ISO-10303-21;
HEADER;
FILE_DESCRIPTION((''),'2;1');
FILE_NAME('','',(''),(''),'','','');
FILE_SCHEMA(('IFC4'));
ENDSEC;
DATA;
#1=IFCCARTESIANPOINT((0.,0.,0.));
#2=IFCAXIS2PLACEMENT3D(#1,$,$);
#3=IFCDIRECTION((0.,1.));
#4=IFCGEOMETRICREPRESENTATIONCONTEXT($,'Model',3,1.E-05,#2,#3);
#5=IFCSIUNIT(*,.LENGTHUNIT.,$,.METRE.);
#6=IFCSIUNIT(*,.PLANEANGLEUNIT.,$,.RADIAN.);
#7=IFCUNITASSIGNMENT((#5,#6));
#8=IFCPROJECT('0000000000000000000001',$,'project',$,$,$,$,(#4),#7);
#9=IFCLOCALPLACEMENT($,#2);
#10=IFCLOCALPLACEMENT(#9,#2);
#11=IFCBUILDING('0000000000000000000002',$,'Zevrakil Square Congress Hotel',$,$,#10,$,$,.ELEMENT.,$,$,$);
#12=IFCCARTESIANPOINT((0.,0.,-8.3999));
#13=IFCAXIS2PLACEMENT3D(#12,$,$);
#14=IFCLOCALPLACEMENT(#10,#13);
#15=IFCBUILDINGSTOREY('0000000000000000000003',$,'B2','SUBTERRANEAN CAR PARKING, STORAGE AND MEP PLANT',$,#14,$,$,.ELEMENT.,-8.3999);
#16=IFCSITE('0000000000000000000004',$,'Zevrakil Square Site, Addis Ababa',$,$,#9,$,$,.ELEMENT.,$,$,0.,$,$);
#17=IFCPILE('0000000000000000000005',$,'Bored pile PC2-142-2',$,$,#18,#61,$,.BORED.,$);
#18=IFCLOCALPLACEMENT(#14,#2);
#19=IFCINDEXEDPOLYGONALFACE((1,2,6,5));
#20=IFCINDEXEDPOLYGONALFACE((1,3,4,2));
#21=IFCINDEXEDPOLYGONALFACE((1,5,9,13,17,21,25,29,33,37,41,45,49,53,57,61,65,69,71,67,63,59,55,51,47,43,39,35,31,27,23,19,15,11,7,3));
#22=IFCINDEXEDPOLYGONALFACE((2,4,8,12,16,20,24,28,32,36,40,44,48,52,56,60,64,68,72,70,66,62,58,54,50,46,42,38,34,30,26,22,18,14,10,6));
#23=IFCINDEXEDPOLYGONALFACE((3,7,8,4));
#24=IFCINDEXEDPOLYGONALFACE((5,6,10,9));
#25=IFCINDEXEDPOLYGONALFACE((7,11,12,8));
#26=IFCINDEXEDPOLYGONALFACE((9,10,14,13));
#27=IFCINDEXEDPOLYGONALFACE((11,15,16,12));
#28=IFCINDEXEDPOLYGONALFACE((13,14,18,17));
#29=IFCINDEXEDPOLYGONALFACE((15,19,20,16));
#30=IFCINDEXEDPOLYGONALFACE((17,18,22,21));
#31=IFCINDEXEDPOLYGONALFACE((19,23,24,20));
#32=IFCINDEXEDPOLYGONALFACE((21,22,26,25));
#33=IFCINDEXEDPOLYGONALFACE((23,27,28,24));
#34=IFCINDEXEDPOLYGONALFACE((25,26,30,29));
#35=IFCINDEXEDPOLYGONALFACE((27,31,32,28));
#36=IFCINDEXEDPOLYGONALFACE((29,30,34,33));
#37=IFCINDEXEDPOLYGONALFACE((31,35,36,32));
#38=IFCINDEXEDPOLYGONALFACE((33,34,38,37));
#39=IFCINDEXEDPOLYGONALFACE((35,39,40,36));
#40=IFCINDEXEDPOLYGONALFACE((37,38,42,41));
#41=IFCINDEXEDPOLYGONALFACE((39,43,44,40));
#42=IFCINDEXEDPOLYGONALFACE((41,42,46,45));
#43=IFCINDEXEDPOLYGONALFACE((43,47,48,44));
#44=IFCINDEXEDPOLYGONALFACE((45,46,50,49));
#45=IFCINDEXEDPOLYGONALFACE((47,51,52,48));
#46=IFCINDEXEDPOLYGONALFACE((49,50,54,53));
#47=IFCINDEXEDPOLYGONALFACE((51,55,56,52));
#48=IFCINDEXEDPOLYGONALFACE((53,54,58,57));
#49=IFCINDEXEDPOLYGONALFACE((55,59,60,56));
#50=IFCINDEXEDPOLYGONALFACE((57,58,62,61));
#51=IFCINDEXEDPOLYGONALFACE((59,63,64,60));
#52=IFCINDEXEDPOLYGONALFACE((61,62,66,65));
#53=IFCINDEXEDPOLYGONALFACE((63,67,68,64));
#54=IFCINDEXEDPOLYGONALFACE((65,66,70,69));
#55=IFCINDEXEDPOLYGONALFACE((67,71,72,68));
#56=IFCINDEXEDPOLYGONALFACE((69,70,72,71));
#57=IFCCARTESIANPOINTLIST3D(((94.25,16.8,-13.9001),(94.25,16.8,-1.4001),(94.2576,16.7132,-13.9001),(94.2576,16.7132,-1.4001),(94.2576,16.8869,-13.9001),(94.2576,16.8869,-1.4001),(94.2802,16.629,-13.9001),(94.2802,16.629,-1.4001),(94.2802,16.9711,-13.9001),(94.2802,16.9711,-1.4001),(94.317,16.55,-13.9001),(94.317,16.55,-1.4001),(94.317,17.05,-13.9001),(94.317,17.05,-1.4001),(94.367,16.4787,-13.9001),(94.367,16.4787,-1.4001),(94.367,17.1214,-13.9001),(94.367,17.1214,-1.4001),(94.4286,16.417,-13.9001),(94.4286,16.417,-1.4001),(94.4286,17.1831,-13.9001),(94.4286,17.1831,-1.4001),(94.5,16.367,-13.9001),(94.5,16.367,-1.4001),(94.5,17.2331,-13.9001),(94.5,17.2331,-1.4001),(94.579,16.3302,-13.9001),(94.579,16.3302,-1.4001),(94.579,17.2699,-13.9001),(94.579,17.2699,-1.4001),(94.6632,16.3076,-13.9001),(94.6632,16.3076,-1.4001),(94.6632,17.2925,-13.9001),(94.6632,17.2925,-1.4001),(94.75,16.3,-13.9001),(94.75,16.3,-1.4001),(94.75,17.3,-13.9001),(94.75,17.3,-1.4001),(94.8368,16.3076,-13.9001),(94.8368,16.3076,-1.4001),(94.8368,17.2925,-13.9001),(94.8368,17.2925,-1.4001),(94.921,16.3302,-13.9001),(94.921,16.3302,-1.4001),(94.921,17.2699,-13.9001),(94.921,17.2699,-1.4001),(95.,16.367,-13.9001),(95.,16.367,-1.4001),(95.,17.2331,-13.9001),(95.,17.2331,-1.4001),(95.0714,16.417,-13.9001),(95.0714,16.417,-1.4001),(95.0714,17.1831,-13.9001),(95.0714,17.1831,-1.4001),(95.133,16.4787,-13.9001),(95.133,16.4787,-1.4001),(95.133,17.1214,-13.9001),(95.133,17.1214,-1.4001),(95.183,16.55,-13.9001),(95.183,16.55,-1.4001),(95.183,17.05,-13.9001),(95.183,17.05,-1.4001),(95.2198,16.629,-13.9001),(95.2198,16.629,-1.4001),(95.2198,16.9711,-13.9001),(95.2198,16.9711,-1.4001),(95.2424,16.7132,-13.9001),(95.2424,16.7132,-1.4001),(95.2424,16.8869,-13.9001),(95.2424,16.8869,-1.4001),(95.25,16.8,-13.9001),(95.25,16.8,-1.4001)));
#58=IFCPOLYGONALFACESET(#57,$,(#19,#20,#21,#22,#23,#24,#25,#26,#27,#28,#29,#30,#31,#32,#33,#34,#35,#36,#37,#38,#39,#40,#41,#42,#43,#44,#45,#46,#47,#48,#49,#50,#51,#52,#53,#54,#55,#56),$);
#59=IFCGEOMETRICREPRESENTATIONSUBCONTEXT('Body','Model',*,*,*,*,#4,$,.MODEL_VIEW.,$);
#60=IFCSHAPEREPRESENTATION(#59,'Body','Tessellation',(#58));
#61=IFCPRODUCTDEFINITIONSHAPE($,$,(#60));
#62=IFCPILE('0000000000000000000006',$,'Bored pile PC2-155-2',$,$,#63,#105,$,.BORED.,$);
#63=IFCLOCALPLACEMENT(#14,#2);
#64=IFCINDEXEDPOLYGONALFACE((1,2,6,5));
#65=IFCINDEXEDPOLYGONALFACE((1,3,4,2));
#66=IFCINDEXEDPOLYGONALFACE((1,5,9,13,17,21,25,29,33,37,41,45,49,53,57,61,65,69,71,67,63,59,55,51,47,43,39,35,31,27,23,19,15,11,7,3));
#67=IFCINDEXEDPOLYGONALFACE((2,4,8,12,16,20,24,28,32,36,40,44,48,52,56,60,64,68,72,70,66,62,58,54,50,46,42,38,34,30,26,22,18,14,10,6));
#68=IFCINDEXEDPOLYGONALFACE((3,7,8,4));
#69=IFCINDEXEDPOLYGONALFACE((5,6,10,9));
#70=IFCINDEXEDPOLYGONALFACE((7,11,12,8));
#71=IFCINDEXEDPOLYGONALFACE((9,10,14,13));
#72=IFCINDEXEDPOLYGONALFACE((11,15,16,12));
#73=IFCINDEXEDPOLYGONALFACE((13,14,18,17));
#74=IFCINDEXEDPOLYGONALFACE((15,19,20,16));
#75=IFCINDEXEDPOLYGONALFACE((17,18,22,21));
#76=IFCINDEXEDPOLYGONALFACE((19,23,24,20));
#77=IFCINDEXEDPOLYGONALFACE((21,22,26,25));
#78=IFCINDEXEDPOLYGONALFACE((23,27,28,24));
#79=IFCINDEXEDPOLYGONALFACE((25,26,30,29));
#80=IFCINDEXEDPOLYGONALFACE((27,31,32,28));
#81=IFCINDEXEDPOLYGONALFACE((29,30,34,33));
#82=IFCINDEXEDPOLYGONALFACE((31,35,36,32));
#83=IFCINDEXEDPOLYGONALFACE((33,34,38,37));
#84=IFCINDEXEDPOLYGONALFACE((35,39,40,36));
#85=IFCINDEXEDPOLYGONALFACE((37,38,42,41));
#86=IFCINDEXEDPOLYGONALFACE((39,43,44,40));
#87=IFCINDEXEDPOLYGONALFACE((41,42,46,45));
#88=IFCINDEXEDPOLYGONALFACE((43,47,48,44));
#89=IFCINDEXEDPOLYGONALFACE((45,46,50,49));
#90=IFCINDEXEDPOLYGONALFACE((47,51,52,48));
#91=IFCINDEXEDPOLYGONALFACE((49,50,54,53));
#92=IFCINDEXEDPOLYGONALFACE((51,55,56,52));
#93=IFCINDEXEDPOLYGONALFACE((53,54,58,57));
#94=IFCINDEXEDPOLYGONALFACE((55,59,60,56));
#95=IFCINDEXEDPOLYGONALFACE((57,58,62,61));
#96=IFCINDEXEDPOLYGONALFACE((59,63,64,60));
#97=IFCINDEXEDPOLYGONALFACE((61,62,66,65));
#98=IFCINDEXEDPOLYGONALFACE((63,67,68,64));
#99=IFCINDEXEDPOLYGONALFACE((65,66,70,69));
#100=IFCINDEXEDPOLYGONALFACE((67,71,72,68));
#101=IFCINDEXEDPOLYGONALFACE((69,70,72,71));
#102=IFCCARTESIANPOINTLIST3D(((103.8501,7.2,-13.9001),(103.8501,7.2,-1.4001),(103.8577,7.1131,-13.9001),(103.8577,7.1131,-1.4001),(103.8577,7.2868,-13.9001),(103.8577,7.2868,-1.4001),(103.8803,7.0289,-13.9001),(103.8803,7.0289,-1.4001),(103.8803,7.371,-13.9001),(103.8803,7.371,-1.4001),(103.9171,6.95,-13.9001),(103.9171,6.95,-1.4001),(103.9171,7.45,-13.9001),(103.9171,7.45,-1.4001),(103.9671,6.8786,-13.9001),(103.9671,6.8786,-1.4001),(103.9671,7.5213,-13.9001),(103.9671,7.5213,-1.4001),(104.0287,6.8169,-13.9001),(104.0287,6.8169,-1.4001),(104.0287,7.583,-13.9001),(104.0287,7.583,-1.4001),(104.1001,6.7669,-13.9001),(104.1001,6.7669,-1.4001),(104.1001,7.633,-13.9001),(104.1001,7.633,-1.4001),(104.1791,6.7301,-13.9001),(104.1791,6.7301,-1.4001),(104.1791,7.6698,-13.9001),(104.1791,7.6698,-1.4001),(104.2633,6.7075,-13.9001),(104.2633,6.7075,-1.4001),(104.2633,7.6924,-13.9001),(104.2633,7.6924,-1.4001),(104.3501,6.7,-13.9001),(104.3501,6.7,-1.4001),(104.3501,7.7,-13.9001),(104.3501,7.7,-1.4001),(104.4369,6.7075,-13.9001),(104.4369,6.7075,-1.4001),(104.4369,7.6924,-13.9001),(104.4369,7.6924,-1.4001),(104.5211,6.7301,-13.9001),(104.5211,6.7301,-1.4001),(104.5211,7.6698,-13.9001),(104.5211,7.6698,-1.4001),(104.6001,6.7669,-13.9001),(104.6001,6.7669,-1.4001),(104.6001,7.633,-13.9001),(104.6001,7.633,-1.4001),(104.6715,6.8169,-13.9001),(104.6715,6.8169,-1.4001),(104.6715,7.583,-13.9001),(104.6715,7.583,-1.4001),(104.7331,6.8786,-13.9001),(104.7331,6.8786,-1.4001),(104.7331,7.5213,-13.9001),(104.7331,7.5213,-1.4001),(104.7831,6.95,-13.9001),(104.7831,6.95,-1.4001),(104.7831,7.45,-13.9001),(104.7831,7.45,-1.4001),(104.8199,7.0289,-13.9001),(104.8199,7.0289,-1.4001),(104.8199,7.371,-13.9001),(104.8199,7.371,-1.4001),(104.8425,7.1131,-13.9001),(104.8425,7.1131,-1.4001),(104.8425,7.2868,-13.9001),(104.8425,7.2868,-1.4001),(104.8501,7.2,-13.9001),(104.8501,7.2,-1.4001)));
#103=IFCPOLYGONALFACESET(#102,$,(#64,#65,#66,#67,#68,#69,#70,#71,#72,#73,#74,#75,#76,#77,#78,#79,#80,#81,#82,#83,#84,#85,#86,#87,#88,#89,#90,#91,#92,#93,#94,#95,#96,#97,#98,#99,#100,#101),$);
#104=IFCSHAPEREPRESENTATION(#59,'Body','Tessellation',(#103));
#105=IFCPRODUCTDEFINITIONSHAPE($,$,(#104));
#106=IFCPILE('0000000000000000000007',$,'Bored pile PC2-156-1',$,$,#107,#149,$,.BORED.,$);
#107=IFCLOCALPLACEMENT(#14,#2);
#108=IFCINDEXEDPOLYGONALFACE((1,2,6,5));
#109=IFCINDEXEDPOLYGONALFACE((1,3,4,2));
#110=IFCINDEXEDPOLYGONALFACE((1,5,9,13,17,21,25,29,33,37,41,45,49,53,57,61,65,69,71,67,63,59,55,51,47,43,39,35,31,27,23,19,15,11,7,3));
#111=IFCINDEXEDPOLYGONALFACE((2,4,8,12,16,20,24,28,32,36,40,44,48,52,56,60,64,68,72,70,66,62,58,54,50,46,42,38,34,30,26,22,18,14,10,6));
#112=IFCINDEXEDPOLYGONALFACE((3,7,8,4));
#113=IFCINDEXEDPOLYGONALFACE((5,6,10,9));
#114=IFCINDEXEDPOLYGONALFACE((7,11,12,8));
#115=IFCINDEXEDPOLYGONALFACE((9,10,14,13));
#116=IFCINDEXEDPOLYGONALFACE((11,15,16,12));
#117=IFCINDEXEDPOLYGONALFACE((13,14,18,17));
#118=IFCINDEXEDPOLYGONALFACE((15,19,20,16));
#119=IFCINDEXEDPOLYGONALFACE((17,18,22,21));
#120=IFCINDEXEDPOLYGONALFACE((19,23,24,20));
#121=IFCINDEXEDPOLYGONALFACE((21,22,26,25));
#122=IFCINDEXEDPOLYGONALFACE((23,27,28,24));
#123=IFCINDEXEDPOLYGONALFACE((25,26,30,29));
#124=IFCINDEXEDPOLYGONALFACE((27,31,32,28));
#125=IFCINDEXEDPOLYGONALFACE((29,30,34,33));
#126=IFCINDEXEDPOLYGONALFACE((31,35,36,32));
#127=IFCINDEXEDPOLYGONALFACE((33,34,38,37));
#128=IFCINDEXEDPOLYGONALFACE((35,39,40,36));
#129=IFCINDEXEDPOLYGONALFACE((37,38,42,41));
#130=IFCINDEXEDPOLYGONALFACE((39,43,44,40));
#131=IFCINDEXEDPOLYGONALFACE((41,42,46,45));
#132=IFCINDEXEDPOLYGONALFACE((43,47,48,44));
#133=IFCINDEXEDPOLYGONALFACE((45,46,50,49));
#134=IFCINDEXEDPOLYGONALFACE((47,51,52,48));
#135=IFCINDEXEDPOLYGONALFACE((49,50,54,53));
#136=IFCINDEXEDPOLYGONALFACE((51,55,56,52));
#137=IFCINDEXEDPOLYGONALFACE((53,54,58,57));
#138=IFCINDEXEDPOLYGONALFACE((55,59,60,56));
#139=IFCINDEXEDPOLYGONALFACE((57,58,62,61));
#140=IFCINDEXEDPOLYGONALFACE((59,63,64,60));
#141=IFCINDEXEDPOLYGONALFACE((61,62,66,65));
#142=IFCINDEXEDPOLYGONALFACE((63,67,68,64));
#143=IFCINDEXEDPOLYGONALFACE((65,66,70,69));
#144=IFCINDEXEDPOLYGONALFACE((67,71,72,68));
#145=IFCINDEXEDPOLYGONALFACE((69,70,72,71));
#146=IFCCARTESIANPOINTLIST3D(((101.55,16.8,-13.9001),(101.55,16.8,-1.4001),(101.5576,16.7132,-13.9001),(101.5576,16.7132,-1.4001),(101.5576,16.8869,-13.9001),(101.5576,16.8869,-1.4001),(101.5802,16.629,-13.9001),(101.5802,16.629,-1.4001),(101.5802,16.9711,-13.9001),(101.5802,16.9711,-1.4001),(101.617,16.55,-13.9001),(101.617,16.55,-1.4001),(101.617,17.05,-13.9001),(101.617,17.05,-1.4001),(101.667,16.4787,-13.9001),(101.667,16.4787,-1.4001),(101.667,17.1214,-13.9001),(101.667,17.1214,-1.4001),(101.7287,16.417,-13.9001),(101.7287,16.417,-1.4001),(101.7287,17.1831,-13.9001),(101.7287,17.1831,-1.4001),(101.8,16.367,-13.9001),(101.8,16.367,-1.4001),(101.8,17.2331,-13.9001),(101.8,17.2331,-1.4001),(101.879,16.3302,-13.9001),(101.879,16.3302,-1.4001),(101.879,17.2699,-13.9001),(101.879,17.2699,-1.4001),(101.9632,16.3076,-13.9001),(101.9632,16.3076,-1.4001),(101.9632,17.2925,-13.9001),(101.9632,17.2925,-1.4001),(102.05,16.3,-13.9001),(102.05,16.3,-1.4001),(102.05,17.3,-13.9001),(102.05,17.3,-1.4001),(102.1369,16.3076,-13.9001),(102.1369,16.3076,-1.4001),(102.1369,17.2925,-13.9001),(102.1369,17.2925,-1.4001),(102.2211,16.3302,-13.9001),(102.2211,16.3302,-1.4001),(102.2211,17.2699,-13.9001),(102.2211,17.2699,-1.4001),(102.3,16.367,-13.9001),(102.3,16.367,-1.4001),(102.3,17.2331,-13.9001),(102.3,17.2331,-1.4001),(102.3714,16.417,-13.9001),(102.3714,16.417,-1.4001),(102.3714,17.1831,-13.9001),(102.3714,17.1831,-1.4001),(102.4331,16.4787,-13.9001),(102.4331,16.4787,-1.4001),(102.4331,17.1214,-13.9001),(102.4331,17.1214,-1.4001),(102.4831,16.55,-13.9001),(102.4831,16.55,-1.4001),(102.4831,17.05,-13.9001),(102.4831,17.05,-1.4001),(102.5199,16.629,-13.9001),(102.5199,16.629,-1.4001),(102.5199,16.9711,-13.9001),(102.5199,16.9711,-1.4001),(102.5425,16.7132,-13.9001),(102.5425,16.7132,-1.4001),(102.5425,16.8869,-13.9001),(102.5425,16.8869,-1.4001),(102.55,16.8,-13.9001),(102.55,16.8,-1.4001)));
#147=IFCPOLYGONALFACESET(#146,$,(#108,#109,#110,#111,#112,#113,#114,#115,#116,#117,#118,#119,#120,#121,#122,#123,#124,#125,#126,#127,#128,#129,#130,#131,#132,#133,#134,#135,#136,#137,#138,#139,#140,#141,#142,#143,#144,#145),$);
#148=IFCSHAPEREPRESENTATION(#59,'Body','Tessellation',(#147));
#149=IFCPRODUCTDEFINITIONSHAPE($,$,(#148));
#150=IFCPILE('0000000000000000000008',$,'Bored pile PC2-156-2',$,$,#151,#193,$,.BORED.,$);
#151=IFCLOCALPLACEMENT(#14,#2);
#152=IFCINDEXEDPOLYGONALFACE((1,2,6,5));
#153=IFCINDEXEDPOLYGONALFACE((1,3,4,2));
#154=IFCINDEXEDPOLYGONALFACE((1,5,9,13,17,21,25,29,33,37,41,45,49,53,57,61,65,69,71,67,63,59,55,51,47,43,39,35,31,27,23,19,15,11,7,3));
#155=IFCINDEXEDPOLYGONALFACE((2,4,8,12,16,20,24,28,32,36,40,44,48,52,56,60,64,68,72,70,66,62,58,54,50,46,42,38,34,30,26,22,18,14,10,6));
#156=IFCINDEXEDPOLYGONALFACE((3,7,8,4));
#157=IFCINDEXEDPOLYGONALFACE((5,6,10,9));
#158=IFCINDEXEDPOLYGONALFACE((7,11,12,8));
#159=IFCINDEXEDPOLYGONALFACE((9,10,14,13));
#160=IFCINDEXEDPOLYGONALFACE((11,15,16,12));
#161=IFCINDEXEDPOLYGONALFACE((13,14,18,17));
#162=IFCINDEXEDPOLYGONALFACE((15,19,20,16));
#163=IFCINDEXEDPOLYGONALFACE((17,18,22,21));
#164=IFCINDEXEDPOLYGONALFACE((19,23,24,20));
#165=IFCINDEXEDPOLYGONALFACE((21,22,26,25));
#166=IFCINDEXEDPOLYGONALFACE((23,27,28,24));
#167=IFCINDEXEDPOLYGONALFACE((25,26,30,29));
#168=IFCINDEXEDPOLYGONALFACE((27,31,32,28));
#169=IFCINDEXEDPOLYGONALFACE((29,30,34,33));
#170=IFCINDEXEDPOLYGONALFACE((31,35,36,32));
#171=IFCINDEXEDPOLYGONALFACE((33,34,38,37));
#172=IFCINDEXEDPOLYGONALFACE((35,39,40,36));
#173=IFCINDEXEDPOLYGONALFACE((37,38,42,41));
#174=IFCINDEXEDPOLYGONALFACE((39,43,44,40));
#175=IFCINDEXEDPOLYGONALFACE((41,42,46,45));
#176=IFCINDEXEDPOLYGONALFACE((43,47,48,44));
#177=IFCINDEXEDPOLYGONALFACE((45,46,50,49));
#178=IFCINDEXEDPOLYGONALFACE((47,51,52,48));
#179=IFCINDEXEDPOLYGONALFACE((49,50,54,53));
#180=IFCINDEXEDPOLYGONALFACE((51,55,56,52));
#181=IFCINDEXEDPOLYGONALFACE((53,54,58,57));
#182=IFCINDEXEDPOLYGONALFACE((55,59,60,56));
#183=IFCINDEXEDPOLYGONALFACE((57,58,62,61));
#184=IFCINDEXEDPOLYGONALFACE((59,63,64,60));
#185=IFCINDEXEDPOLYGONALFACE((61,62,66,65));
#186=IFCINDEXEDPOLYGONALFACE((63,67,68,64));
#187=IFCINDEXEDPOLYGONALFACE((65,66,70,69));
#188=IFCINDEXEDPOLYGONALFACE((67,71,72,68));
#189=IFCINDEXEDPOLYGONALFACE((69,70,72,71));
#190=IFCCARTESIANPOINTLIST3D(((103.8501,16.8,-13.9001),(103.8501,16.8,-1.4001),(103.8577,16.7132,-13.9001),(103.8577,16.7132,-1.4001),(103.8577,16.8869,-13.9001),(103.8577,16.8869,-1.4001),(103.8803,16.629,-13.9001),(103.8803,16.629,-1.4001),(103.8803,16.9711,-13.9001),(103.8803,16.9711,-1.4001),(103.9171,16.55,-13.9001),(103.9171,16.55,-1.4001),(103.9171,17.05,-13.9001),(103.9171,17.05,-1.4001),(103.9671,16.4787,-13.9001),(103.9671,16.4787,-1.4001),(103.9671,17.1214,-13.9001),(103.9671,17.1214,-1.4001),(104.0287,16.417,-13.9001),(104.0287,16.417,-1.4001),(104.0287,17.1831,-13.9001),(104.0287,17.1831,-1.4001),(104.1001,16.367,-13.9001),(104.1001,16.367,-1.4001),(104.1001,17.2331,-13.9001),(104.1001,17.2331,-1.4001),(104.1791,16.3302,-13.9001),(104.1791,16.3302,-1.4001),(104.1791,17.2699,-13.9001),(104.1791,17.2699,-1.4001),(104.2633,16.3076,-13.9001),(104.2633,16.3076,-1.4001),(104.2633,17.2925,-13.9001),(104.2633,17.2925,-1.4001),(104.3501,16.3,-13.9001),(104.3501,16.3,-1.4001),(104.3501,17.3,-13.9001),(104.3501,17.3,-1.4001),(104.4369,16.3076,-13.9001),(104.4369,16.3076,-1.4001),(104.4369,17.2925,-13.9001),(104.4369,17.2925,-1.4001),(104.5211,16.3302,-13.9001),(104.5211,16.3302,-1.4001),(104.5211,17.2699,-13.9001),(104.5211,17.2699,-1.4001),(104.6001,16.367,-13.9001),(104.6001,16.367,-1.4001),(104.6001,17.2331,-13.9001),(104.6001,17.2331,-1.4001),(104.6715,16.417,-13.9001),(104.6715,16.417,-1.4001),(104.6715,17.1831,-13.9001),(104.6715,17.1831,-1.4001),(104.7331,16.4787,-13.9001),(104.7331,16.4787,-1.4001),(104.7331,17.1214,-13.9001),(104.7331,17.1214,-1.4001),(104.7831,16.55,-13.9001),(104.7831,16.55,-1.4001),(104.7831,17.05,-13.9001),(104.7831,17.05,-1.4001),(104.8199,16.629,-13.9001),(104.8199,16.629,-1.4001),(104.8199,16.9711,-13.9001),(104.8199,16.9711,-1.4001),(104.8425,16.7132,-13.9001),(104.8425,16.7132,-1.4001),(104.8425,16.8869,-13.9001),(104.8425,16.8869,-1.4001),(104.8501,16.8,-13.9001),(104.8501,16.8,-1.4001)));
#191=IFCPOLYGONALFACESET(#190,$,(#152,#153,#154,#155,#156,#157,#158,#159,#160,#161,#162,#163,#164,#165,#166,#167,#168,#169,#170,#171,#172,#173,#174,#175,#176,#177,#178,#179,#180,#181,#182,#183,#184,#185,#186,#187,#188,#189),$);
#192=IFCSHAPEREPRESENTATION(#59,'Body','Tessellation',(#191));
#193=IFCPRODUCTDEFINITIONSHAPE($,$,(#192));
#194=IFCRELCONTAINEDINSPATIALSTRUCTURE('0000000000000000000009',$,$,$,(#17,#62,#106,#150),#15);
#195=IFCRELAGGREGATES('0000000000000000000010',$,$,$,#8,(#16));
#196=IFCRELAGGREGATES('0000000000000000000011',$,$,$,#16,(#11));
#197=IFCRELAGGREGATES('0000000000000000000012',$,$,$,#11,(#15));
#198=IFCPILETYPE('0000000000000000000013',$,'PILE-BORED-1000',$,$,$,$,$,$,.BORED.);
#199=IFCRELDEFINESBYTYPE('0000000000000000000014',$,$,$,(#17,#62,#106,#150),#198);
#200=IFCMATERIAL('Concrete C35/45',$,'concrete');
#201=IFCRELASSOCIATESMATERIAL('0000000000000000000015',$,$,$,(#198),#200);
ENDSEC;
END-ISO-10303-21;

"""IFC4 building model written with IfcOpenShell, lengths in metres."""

from ifc_helpers import new_model, si_unit, direction, frame, origin, origin_2d, place, context, subcontext, project, spatial, circle, extrude, material, material_profile, profile_set, type_object, element, save


model = new_model("IFC4")

# Units and contexts
model_context = context("Model", 3, precision=1e-05, world=origin(), true_north=direction((0.0, 1.0)))
body_context = subcontext(model_context, "Body", "Model", "MODEL_VIEW")
ifc_project = project(units=[si_unit("LENGTHUNIT", "METRE"), si_unit("PLANEANGLEUNIT", "RADIAN")], contexts=[model_context])

# Site, building, storey
site_placement = place(None, origin())
site = spatial("IfcSite", under=ifc_project, at=site_placement, Name="Zevrakil Square Site, Addis Ababa", CompositionType="ELEMENT", RefElevation=0.0)
building_placement = place(site_placement, origin())
building = spatial("IfcBuilding", under=site, at=building_placement, Name="Zevrakil Square Congress Hotel", CompositionType="ELEMENT")
storey_placement = place(building_placement, frame((0.0, 0.0, -8.3999)))
storey = spatial("IfcBuildingStorey", under=building, at=storey_placement, Name="B2", Description="SUBTERRANEAN CAR PARKING, STORAGE AND MEP PLANT", CompositionType="ELEMENT", Elevation=-8.3999)

# Piles
ifc_material_1 = material(Name="Concrete C35/45", Category="concrete")
ifc_material_profile_1 = material_profile(ifc_material_1, circle(Radius=0.5, at=origin_2d()), Name="PILE D1000")
ifc_profile_set_1 = profile_set([ifc_material_profile_1], Name="Concrete C35/45")
pile_type = type_object("IfcPileType", Name="PILE-BORED-1000", PredefinedType="BORED", material=ifc_profile_set_1)
for number, where, z_axis, x_axis, name in (
    (1, (94.75, 16.8, -1.4001), (0.0, 0.0, -1.0), (1.0, 0.0, 0.0), "Bored pile PC2-142-2"),
    (2, (104.3501, 7.2, -1.4001), (0.0, 0.0, -1.0), (1.0, 0.0, 0.0), "Bored pile PC2-155-2"),
    (3, (102.05, 16.8, -1.4001), (0.0, 0.0, -1.0), (1.0, 0.0, 0.0), "Bored pile PC2-156-1"),
    (4, (104.3501, 16.8, -1.4001), (0.0, 0.0, -1.0), (1.0, 0.0, 0.0), "Bored pile PC2-156-2"),
):
    element("IfcPile", number, at=place(storey_placement, frame(where, z_axis=z_axis, x_axis=x_axis)), inside=storey, type_object=pile_type, Name=name, PredefinedType="BORED", context=body_context, shape_type="SweptSolid", body=[
        extrude(circle(Radius=0.5, at=origin_2d()), origin(), (0.0, 0.0, 1.0), 12.5),
    ])

save(model, "model.ifc")
